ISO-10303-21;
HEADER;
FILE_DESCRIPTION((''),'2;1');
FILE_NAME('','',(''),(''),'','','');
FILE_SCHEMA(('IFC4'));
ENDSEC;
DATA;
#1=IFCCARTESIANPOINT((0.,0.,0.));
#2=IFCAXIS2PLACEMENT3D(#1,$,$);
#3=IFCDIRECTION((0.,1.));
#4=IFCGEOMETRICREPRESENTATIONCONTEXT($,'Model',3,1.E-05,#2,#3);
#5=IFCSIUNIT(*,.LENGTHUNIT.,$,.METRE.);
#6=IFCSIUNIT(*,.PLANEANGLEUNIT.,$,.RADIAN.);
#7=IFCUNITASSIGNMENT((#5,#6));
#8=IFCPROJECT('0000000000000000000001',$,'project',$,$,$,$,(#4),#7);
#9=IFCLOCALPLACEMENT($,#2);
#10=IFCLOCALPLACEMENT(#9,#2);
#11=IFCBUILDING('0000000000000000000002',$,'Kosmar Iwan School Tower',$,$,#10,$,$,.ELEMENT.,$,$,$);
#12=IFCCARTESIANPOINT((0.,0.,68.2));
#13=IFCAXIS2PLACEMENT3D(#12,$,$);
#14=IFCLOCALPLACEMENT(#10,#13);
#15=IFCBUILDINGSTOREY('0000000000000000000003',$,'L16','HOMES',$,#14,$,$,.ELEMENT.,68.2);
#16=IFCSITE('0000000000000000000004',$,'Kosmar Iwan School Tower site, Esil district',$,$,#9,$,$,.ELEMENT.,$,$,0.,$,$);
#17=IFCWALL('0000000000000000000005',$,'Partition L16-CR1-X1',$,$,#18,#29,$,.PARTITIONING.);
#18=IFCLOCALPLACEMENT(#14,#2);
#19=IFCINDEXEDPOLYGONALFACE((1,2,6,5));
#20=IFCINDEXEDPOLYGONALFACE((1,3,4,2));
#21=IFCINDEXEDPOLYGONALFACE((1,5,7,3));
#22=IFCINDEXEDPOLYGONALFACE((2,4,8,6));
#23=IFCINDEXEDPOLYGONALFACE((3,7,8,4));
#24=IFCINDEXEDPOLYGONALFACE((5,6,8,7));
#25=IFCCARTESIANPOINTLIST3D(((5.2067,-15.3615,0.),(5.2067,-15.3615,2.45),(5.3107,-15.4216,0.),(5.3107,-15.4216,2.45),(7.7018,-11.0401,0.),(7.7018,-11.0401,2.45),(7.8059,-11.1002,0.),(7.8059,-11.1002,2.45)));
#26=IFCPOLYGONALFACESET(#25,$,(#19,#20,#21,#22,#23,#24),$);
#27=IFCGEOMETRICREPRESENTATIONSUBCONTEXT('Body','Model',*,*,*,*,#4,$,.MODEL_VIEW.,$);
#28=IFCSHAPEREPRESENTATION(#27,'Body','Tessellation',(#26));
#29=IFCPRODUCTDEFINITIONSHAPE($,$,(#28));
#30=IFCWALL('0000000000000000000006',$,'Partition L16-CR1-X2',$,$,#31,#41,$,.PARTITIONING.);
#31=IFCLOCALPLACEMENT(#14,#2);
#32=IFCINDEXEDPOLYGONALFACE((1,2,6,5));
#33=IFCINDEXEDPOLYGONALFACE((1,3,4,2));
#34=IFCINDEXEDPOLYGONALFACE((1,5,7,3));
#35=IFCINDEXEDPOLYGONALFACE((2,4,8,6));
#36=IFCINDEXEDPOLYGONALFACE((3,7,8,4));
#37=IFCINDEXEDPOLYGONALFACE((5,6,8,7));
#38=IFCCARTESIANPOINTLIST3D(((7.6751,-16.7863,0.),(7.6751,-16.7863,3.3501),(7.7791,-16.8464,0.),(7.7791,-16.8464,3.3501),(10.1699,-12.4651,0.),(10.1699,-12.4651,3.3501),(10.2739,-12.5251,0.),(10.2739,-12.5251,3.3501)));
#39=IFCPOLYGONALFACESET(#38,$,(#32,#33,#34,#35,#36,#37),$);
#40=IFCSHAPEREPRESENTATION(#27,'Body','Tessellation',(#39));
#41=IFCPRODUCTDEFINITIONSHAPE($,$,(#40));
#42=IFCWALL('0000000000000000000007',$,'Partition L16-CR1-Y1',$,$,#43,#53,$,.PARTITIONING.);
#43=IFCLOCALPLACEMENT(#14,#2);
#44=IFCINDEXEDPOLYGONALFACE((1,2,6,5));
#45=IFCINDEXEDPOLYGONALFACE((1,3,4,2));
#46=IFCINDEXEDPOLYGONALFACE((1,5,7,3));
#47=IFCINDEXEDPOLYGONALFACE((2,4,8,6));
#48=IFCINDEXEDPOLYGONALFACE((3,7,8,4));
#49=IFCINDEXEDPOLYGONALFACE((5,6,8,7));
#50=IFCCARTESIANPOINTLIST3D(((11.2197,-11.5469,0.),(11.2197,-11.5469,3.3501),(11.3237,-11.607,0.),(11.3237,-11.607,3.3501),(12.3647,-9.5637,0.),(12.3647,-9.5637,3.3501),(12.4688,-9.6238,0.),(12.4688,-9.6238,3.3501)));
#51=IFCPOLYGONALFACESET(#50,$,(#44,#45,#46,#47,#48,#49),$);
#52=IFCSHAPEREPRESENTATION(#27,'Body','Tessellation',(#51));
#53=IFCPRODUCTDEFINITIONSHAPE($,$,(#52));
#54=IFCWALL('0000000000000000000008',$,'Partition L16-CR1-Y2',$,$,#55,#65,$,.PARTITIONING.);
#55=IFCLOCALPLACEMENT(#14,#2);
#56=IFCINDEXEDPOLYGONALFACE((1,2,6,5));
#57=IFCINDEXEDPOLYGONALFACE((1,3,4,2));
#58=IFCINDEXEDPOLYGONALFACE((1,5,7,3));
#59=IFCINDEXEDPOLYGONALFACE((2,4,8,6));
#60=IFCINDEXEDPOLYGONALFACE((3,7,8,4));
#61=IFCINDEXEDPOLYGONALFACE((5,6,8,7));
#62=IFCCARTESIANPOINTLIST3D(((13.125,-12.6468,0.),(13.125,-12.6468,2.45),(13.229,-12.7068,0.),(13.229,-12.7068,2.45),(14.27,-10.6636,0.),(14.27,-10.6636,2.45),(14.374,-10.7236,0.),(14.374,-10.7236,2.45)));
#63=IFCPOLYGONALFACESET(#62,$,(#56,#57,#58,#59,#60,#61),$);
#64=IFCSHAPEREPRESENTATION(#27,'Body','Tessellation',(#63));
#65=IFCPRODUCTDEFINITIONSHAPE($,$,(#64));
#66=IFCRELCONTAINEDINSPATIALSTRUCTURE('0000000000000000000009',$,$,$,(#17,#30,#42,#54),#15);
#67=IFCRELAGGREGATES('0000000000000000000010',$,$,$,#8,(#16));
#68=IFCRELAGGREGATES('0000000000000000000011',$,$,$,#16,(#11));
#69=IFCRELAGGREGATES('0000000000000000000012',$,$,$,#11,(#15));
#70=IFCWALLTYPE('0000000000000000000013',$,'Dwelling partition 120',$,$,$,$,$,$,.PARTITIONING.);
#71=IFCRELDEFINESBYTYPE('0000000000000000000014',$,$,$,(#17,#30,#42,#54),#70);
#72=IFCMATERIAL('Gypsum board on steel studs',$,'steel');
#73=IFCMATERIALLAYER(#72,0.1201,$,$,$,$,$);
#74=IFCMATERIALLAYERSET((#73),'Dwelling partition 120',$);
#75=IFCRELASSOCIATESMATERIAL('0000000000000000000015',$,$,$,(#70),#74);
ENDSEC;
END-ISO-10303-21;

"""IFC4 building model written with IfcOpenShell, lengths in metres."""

from ifc_helpers import new_model, si_unit, direction, frame, frame_2d, origin, place, context, subcontext, project, spatial, rectangle, extrude, material, layer, layer_set, type_object, element, save


model = new_model("IFC4")

# Units and contexts
model_context = context("Model", 3, precision=1e-05, world=origin(), true_north=direction((0.0, 1.0)))
body_context = subcontext(model_context, "Body", "Model", "MODEL_VIEW")
ifc_project = project(units=[si_unit("LENGTHUNIT", "METRE"), si_unit("PLANEANGLEUNIT", "RADIAN")], contexts=[model_context])

# Site, building, storey
site_placement = place(None, origin())
site = spatial("IfcSite", under=ifc_project, at=site_placement, Name="Kosmar Iwan School Tower site, Esil district", CompositionType="ELEMENT", RefElevation=0.0)
building_placement = place(site_placement, origin())
building = spatial("IfcBuilding", under=site, at=building_placement, Name="Kosmar Iwan School Tower", CompositionType="ELEMENT")
storey_placement = place(building_placement, frame((0.0, 0.0, 68.2)))
storey = spatial("IfcBuildingStorey", under=building, at=storey_placement, Name="L16", Description="HOMES", CompositionType="ELEMENT", Elevation=68.2)

# Walls
ifc_material_1 = material(Name="Gypsum board on steel studs", Category="steel")
ifc_layer_1 = layer(ifc_material_1, 0.1201)
ifc_layer_set_1 = layer_set([ifc_layer_1], Name="Dwelling partition 120")
wall_type_1 = type_object("IfcWallType", Name="Dwelling partition 120", PredefinedType="PARTITIONING", material=ifc_layer_set_1)
wall_1_placement = place(storey_placement, frame((7.7539, -11.0701, 0.0), z_axis=(0.0, 0.0, 1.0), x_axis=(-0.500033, -0.866006, 0.0)))
element("IfcWall", 1, at=wall_1_placement, inside=storey, type_object=wall_type_1, Name="Partition L16-CR1-X1", PredefinedType="PARTITIONING", context=body_context, shape_type="SweptSolid", body=[
    extrude(rectangle(XDim=4.99, YDim=0.1201, at=frame_2d((2.4951, 0.0))), origin(), (0.0, 0.0, 1.0), 2.45),
])
wall_2_placement = place(storey_placement, frame((10.2219, -12.4951, 0.0), z_axis=(0.0, 0.0, 1.0), x_axis=(-0.499996, -0.866028, 0.0)))
element("IfcWall", 2, at=wall_2_placement, inside=storey, type_object=wall_type_1, Name="Partition L16-CR1-X2", PredefinedType="PARTITIONING", context=body_context, shape_type="SweptSolid", body=[
    extrude(rectangle(XDim=4.9897, YDim=0.1201, at=frame_2d((2.4949, 0.0))), origin(), (0.0, 0.0, 1.0), 3.3501),
])
wall_3_placement = place(storey_placement, frame((12.4167, -9.5938, 0.0), z_axis=(0.0, 0.0, 1.0), x_axis=(-0.500015, -0.866017, 0.0)))
element("IfcWall", 3, at=wall_3_placement, inside=storey, type_object=wall_type_1, Name="Partition L16-CR1-Y1", PredefinedType="PARTITIONING", context=body_context, shape_type="SweptSolid", body=[
    extrude(rectangle(XDim=2.29, YDim=0.1201, at=frame_2d((1.145, 0.0))), origin(), (0.0, 0.0, 1.0), 3.3501),
])
wall_4_placement = place(storey_placement, frame((14.322, -10.6936, 0.0), z_axis=(0.0, 0.0, 1.0), x_axis=(-0.500015, -0.866017, 0.0)))
element("IfcWall", 4, at=wall_4_placement, inside=storey, type_object=wall_type_1, Name="Partition L16-CR1-Y2", PredefinedType="PARTITIONING", context=body_context, shape_type="SweptSolid", body=[
    extrude(rectangle(XDim=2.29, YDim=0.1201, at=frame_2d((1.145, 0.0))), origin(), (0.0, 0.0, 1.0), 2.45),
])

save(model, "model.ifc")
